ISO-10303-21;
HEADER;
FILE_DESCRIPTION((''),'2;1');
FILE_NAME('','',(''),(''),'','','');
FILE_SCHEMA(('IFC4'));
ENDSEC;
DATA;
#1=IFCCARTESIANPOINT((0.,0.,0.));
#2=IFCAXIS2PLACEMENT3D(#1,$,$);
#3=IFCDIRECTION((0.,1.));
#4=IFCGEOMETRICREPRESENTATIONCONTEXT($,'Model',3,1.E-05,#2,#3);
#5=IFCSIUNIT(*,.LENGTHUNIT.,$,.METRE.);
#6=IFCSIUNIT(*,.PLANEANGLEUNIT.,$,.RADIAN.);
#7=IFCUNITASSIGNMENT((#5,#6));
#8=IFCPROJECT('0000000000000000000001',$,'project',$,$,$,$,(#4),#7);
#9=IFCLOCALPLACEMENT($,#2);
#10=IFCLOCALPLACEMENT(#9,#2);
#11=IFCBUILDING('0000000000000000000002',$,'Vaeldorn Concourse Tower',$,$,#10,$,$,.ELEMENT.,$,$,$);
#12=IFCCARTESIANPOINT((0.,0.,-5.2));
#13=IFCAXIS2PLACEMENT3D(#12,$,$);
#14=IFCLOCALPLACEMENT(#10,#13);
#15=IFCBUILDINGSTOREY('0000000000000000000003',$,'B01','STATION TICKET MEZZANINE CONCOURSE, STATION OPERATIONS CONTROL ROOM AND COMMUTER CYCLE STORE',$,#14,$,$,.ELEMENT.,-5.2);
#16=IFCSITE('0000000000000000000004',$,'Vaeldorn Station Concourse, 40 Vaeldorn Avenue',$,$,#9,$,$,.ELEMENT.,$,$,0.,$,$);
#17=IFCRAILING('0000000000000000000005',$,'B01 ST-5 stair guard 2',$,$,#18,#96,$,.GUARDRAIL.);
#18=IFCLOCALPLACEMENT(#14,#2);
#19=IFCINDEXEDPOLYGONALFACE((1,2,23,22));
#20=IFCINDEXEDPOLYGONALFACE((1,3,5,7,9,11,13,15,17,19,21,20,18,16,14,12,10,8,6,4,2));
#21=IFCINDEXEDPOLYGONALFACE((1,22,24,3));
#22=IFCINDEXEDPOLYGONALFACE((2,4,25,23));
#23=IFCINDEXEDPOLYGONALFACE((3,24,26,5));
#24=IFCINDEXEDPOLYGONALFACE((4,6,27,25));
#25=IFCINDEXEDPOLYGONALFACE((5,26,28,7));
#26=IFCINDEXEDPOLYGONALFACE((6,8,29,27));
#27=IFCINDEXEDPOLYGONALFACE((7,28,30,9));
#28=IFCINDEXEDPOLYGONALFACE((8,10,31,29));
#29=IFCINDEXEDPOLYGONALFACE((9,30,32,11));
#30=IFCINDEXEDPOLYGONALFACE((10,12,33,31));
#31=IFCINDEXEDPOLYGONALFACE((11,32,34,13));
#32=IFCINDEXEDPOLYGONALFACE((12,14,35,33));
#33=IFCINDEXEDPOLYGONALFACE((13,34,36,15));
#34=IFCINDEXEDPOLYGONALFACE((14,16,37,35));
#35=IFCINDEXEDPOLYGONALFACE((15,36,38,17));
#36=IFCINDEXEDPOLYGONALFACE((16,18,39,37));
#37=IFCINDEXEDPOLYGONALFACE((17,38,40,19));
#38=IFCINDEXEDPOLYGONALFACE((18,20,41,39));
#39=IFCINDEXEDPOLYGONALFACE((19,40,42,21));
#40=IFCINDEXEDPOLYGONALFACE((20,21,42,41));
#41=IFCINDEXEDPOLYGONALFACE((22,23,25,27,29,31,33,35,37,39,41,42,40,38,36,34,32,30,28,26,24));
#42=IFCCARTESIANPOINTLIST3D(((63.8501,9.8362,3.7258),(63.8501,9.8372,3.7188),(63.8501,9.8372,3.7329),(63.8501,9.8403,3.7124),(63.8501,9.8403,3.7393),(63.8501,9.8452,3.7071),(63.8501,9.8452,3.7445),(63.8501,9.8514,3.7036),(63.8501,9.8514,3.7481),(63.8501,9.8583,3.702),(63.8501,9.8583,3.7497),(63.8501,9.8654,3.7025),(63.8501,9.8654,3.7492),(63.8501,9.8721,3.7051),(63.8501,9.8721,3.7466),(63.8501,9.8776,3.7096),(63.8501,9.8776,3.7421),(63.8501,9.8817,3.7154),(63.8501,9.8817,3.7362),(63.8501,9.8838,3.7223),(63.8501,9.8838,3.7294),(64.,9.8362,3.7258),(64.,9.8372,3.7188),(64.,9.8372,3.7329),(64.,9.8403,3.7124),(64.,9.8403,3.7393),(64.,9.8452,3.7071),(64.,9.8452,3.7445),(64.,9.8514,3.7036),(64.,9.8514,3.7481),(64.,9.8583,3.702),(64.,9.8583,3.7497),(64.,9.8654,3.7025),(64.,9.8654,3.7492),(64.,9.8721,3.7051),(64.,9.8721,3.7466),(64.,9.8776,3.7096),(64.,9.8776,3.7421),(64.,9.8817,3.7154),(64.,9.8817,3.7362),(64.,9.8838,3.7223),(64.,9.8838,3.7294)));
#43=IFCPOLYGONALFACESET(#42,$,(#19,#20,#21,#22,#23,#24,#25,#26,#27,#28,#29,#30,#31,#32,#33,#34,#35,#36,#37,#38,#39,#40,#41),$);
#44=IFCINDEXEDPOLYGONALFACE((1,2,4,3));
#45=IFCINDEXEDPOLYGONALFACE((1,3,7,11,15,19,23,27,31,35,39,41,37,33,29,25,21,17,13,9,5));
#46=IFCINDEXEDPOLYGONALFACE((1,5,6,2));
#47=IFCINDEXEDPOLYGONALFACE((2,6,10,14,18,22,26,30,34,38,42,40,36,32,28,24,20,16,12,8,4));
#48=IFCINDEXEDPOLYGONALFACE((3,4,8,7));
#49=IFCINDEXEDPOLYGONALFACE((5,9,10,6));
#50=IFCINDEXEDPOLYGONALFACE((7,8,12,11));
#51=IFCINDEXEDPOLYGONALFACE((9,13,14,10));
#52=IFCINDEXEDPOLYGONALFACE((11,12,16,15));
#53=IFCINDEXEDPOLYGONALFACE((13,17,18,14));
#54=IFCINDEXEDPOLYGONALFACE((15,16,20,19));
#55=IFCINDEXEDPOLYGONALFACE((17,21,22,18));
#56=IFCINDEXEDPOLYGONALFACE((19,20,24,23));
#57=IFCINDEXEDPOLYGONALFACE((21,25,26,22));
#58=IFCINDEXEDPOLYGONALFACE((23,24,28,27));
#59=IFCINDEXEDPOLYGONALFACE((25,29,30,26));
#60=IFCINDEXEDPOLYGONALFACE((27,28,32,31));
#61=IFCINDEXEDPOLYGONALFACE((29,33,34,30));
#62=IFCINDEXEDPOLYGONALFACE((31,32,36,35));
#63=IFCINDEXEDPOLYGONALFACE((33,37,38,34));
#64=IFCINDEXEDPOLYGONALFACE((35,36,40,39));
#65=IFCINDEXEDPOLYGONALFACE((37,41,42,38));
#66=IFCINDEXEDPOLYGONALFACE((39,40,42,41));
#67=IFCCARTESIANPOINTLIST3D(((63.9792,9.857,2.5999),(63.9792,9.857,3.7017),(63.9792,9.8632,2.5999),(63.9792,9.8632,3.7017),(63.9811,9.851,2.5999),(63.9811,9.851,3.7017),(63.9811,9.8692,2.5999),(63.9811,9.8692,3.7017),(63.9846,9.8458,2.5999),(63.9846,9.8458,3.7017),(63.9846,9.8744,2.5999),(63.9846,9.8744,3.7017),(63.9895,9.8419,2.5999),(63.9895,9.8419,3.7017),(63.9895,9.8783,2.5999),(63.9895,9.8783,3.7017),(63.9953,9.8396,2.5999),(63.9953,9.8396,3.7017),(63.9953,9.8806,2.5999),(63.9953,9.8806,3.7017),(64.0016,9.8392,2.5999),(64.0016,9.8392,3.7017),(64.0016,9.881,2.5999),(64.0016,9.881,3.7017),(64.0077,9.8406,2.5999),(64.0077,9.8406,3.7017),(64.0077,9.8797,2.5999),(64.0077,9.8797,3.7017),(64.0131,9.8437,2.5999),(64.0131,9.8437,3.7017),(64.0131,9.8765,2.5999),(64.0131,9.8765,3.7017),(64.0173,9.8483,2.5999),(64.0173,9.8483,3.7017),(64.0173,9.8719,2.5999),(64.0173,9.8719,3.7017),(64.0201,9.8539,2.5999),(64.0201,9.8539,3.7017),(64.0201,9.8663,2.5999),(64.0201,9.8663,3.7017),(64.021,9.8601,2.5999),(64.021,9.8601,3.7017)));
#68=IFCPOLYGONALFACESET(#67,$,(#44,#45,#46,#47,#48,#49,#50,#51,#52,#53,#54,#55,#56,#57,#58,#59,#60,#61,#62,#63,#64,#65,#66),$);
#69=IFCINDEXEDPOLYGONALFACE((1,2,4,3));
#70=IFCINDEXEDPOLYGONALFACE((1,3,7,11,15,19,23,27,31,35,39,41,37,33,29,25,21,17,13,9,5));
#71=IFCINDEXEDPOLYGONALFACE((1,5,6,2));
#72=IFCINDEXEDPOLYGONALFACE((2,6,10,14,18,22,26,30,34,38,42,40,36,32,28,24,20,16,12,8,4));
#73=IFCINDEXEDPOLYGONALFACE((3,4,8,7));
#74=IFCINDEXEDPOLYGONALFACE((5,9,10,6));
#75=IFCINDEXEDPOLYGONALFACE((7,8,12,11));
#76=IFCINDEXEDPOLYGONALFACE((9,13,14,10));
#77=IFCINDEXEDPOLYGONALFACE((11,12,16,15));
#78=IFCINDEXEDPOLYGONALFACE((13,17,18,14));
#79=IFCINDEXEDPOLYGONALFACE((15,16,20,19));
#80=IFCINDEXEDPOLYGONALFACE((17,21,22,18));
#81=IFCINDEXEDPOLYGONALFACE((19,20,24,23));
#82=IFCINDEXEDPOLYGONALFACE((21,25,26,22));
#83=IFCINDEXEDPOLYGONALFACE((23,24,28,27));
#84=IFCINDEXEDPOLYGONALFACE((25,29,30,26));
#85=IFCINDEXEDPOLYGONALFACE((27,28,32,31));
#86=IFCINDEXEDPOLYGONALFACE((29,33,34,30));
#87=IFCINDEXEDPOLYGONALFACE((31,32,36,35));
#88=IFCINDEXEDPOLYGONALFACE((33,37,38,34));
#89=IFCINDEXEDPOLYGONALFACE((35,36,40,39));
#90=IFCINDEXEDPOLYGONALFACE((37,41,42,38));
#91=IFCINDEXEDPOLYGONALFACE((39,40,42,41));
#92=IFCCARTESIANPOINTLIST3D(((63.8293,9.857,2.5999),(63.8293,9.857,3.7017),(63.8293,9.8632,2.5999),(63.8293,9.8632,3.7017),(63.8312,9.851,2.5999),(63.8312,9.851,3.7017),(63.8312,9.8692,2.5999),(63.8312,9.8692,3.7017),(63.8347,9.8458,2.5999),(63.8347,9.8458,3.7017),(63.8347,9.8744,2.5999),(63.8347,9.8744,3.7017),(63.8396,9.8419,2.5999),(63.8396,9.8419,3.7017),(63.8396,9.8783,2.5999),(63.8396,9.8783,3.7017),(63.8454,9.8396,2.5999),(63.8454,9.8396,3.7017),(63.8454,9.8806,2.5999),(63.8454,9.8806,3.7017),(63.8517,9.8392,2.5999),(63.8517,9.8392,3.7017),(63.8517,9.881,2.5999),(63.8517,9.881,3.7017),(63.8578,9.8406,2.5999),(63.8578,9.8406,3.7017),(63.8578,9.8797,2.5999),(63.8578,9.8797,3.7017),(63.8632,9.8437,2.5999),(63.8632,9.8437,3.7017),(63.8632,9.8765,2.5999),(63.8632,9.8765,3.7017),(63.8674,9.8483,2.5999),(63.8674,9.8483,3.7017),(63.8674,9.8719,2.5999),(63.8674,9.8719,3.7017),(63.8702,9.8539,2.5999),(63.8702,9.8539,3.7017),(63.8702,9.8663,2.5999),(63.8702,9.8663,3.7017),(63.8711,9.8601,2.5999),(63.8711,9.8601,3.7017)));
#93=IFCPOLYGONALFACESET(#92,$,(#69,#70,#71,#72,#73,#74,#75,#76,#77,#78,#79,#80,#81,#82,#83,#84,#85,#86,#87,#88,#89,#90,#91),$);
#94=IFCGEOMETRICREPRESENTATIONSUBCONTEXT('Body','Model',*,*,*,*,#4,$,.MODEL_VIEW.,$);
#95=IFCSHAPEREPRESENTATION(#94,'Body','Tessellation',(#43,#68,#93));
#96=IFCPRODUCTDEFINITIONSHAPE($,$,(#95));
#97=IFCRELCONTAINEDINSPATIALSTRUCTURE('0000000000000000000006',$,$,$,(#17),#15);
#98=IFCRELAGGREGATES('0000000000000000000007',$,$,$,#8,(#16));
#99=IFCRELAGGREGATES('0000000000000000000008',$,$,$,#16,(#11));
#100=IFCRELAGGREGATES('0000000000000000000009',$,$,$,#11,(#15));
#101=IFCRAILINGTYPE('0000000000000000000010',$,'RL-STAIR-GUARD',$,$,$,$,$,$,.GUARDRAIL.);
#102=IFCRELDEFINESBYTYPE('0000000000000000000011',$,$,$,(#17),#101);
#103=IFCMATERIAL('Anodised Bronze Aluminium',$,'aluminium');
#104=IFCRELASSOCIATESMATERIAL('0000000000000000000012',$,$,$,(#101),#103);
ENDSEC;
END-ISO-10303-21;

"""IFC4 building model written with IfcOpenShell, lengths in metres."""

from ifc_helpers import new_model, si_unit, direction, frame, origin, origin_2d, place, context, subcontext, project, spatial, circle, extrude, material, type_object, element, save


model = new_model("IFC4")

# Units and contexts
model_context = context("Model", 3, precision=1e-05, world=origin(), true_north=direction((0.0, 1.0)))
body_context = subcontext(model_context, "Body", "Model", "MODEL_VIEW")
ifc_project = project(units=[si_unit("LENGTHUNIT", "METRE"), si_unit("PLANEANGLEUNIT", "RADIAN")], contexts=[model_context])

# Site, building, storey
site_placement = place(None, origin())
site = spatial("IfcSite", under=ifc_project, at=site_placement, Name="Vaeldorn Station Concourse, 40 Vaeldorn Avenue", CompositionType="ELEMENT", RefElevation=0.0)
building_placement = place(site_placement, origin())
building = spatial("IfcBuilding", under=site, at=building_placement, Name="Vaeldorn Concourse Tower", CompositionType="ELEMENT")
storey_placement = place(building_placement, frame((0.0, 0.0, -5.2)))
storey = spatial("IfcBuildingStorey", under=building, at=storey_placement, Name="B01", Description="STATION TICKET MEZZANINE CONCOURSE, STATION OPERATIONS CONTROL ROOM AND COMMUTER CYCLE STORE", CompositionType="ELEMENT", Elevation=-5.2)

# Railing
ifc_material_1 = material(Name="Anodised Bronze Aluminium", Category="aluminium")
railing_type_1 = type_object("IfcRailingType", Name="RL-STAIR-GUARD", PredefinedType="GUARDRAIL", material=ifc_material_1)
railing_1_placement = place(storey_placement, frame((64.0, 9.8601, 2.5999)))
element("IfcRailing", 1, at=railing_1_placement, inside=storey, type_object=railing_type_1, Name="B01 ST-5 stair guard 2", PredefinedType="GUARDRAIL", context=body_context, shape_type="SweptSolid", body=[
    extrude(circle(Radius=0.0239, at=origin_2d()), frame((0.0, 0.0, 1.126), z_axis=(-1.0, 0.0, 0.0), x_axis=(0.0, -1.0, 0.0)), (0.0, 0.0, 1.0), 0.1499),
    extrude(circle(Radius=0.021, at=origin_2d()), origin(), (0.0, 0.0, 1.0), 1.1018),
    extrude(circle(Radius=0.021, at=origin_2d()), frame((-0.1499, 0.0, 0.0)), (0.0, 0.0, 1.0), 1.1018),
])

save(model, "model.ifc")
